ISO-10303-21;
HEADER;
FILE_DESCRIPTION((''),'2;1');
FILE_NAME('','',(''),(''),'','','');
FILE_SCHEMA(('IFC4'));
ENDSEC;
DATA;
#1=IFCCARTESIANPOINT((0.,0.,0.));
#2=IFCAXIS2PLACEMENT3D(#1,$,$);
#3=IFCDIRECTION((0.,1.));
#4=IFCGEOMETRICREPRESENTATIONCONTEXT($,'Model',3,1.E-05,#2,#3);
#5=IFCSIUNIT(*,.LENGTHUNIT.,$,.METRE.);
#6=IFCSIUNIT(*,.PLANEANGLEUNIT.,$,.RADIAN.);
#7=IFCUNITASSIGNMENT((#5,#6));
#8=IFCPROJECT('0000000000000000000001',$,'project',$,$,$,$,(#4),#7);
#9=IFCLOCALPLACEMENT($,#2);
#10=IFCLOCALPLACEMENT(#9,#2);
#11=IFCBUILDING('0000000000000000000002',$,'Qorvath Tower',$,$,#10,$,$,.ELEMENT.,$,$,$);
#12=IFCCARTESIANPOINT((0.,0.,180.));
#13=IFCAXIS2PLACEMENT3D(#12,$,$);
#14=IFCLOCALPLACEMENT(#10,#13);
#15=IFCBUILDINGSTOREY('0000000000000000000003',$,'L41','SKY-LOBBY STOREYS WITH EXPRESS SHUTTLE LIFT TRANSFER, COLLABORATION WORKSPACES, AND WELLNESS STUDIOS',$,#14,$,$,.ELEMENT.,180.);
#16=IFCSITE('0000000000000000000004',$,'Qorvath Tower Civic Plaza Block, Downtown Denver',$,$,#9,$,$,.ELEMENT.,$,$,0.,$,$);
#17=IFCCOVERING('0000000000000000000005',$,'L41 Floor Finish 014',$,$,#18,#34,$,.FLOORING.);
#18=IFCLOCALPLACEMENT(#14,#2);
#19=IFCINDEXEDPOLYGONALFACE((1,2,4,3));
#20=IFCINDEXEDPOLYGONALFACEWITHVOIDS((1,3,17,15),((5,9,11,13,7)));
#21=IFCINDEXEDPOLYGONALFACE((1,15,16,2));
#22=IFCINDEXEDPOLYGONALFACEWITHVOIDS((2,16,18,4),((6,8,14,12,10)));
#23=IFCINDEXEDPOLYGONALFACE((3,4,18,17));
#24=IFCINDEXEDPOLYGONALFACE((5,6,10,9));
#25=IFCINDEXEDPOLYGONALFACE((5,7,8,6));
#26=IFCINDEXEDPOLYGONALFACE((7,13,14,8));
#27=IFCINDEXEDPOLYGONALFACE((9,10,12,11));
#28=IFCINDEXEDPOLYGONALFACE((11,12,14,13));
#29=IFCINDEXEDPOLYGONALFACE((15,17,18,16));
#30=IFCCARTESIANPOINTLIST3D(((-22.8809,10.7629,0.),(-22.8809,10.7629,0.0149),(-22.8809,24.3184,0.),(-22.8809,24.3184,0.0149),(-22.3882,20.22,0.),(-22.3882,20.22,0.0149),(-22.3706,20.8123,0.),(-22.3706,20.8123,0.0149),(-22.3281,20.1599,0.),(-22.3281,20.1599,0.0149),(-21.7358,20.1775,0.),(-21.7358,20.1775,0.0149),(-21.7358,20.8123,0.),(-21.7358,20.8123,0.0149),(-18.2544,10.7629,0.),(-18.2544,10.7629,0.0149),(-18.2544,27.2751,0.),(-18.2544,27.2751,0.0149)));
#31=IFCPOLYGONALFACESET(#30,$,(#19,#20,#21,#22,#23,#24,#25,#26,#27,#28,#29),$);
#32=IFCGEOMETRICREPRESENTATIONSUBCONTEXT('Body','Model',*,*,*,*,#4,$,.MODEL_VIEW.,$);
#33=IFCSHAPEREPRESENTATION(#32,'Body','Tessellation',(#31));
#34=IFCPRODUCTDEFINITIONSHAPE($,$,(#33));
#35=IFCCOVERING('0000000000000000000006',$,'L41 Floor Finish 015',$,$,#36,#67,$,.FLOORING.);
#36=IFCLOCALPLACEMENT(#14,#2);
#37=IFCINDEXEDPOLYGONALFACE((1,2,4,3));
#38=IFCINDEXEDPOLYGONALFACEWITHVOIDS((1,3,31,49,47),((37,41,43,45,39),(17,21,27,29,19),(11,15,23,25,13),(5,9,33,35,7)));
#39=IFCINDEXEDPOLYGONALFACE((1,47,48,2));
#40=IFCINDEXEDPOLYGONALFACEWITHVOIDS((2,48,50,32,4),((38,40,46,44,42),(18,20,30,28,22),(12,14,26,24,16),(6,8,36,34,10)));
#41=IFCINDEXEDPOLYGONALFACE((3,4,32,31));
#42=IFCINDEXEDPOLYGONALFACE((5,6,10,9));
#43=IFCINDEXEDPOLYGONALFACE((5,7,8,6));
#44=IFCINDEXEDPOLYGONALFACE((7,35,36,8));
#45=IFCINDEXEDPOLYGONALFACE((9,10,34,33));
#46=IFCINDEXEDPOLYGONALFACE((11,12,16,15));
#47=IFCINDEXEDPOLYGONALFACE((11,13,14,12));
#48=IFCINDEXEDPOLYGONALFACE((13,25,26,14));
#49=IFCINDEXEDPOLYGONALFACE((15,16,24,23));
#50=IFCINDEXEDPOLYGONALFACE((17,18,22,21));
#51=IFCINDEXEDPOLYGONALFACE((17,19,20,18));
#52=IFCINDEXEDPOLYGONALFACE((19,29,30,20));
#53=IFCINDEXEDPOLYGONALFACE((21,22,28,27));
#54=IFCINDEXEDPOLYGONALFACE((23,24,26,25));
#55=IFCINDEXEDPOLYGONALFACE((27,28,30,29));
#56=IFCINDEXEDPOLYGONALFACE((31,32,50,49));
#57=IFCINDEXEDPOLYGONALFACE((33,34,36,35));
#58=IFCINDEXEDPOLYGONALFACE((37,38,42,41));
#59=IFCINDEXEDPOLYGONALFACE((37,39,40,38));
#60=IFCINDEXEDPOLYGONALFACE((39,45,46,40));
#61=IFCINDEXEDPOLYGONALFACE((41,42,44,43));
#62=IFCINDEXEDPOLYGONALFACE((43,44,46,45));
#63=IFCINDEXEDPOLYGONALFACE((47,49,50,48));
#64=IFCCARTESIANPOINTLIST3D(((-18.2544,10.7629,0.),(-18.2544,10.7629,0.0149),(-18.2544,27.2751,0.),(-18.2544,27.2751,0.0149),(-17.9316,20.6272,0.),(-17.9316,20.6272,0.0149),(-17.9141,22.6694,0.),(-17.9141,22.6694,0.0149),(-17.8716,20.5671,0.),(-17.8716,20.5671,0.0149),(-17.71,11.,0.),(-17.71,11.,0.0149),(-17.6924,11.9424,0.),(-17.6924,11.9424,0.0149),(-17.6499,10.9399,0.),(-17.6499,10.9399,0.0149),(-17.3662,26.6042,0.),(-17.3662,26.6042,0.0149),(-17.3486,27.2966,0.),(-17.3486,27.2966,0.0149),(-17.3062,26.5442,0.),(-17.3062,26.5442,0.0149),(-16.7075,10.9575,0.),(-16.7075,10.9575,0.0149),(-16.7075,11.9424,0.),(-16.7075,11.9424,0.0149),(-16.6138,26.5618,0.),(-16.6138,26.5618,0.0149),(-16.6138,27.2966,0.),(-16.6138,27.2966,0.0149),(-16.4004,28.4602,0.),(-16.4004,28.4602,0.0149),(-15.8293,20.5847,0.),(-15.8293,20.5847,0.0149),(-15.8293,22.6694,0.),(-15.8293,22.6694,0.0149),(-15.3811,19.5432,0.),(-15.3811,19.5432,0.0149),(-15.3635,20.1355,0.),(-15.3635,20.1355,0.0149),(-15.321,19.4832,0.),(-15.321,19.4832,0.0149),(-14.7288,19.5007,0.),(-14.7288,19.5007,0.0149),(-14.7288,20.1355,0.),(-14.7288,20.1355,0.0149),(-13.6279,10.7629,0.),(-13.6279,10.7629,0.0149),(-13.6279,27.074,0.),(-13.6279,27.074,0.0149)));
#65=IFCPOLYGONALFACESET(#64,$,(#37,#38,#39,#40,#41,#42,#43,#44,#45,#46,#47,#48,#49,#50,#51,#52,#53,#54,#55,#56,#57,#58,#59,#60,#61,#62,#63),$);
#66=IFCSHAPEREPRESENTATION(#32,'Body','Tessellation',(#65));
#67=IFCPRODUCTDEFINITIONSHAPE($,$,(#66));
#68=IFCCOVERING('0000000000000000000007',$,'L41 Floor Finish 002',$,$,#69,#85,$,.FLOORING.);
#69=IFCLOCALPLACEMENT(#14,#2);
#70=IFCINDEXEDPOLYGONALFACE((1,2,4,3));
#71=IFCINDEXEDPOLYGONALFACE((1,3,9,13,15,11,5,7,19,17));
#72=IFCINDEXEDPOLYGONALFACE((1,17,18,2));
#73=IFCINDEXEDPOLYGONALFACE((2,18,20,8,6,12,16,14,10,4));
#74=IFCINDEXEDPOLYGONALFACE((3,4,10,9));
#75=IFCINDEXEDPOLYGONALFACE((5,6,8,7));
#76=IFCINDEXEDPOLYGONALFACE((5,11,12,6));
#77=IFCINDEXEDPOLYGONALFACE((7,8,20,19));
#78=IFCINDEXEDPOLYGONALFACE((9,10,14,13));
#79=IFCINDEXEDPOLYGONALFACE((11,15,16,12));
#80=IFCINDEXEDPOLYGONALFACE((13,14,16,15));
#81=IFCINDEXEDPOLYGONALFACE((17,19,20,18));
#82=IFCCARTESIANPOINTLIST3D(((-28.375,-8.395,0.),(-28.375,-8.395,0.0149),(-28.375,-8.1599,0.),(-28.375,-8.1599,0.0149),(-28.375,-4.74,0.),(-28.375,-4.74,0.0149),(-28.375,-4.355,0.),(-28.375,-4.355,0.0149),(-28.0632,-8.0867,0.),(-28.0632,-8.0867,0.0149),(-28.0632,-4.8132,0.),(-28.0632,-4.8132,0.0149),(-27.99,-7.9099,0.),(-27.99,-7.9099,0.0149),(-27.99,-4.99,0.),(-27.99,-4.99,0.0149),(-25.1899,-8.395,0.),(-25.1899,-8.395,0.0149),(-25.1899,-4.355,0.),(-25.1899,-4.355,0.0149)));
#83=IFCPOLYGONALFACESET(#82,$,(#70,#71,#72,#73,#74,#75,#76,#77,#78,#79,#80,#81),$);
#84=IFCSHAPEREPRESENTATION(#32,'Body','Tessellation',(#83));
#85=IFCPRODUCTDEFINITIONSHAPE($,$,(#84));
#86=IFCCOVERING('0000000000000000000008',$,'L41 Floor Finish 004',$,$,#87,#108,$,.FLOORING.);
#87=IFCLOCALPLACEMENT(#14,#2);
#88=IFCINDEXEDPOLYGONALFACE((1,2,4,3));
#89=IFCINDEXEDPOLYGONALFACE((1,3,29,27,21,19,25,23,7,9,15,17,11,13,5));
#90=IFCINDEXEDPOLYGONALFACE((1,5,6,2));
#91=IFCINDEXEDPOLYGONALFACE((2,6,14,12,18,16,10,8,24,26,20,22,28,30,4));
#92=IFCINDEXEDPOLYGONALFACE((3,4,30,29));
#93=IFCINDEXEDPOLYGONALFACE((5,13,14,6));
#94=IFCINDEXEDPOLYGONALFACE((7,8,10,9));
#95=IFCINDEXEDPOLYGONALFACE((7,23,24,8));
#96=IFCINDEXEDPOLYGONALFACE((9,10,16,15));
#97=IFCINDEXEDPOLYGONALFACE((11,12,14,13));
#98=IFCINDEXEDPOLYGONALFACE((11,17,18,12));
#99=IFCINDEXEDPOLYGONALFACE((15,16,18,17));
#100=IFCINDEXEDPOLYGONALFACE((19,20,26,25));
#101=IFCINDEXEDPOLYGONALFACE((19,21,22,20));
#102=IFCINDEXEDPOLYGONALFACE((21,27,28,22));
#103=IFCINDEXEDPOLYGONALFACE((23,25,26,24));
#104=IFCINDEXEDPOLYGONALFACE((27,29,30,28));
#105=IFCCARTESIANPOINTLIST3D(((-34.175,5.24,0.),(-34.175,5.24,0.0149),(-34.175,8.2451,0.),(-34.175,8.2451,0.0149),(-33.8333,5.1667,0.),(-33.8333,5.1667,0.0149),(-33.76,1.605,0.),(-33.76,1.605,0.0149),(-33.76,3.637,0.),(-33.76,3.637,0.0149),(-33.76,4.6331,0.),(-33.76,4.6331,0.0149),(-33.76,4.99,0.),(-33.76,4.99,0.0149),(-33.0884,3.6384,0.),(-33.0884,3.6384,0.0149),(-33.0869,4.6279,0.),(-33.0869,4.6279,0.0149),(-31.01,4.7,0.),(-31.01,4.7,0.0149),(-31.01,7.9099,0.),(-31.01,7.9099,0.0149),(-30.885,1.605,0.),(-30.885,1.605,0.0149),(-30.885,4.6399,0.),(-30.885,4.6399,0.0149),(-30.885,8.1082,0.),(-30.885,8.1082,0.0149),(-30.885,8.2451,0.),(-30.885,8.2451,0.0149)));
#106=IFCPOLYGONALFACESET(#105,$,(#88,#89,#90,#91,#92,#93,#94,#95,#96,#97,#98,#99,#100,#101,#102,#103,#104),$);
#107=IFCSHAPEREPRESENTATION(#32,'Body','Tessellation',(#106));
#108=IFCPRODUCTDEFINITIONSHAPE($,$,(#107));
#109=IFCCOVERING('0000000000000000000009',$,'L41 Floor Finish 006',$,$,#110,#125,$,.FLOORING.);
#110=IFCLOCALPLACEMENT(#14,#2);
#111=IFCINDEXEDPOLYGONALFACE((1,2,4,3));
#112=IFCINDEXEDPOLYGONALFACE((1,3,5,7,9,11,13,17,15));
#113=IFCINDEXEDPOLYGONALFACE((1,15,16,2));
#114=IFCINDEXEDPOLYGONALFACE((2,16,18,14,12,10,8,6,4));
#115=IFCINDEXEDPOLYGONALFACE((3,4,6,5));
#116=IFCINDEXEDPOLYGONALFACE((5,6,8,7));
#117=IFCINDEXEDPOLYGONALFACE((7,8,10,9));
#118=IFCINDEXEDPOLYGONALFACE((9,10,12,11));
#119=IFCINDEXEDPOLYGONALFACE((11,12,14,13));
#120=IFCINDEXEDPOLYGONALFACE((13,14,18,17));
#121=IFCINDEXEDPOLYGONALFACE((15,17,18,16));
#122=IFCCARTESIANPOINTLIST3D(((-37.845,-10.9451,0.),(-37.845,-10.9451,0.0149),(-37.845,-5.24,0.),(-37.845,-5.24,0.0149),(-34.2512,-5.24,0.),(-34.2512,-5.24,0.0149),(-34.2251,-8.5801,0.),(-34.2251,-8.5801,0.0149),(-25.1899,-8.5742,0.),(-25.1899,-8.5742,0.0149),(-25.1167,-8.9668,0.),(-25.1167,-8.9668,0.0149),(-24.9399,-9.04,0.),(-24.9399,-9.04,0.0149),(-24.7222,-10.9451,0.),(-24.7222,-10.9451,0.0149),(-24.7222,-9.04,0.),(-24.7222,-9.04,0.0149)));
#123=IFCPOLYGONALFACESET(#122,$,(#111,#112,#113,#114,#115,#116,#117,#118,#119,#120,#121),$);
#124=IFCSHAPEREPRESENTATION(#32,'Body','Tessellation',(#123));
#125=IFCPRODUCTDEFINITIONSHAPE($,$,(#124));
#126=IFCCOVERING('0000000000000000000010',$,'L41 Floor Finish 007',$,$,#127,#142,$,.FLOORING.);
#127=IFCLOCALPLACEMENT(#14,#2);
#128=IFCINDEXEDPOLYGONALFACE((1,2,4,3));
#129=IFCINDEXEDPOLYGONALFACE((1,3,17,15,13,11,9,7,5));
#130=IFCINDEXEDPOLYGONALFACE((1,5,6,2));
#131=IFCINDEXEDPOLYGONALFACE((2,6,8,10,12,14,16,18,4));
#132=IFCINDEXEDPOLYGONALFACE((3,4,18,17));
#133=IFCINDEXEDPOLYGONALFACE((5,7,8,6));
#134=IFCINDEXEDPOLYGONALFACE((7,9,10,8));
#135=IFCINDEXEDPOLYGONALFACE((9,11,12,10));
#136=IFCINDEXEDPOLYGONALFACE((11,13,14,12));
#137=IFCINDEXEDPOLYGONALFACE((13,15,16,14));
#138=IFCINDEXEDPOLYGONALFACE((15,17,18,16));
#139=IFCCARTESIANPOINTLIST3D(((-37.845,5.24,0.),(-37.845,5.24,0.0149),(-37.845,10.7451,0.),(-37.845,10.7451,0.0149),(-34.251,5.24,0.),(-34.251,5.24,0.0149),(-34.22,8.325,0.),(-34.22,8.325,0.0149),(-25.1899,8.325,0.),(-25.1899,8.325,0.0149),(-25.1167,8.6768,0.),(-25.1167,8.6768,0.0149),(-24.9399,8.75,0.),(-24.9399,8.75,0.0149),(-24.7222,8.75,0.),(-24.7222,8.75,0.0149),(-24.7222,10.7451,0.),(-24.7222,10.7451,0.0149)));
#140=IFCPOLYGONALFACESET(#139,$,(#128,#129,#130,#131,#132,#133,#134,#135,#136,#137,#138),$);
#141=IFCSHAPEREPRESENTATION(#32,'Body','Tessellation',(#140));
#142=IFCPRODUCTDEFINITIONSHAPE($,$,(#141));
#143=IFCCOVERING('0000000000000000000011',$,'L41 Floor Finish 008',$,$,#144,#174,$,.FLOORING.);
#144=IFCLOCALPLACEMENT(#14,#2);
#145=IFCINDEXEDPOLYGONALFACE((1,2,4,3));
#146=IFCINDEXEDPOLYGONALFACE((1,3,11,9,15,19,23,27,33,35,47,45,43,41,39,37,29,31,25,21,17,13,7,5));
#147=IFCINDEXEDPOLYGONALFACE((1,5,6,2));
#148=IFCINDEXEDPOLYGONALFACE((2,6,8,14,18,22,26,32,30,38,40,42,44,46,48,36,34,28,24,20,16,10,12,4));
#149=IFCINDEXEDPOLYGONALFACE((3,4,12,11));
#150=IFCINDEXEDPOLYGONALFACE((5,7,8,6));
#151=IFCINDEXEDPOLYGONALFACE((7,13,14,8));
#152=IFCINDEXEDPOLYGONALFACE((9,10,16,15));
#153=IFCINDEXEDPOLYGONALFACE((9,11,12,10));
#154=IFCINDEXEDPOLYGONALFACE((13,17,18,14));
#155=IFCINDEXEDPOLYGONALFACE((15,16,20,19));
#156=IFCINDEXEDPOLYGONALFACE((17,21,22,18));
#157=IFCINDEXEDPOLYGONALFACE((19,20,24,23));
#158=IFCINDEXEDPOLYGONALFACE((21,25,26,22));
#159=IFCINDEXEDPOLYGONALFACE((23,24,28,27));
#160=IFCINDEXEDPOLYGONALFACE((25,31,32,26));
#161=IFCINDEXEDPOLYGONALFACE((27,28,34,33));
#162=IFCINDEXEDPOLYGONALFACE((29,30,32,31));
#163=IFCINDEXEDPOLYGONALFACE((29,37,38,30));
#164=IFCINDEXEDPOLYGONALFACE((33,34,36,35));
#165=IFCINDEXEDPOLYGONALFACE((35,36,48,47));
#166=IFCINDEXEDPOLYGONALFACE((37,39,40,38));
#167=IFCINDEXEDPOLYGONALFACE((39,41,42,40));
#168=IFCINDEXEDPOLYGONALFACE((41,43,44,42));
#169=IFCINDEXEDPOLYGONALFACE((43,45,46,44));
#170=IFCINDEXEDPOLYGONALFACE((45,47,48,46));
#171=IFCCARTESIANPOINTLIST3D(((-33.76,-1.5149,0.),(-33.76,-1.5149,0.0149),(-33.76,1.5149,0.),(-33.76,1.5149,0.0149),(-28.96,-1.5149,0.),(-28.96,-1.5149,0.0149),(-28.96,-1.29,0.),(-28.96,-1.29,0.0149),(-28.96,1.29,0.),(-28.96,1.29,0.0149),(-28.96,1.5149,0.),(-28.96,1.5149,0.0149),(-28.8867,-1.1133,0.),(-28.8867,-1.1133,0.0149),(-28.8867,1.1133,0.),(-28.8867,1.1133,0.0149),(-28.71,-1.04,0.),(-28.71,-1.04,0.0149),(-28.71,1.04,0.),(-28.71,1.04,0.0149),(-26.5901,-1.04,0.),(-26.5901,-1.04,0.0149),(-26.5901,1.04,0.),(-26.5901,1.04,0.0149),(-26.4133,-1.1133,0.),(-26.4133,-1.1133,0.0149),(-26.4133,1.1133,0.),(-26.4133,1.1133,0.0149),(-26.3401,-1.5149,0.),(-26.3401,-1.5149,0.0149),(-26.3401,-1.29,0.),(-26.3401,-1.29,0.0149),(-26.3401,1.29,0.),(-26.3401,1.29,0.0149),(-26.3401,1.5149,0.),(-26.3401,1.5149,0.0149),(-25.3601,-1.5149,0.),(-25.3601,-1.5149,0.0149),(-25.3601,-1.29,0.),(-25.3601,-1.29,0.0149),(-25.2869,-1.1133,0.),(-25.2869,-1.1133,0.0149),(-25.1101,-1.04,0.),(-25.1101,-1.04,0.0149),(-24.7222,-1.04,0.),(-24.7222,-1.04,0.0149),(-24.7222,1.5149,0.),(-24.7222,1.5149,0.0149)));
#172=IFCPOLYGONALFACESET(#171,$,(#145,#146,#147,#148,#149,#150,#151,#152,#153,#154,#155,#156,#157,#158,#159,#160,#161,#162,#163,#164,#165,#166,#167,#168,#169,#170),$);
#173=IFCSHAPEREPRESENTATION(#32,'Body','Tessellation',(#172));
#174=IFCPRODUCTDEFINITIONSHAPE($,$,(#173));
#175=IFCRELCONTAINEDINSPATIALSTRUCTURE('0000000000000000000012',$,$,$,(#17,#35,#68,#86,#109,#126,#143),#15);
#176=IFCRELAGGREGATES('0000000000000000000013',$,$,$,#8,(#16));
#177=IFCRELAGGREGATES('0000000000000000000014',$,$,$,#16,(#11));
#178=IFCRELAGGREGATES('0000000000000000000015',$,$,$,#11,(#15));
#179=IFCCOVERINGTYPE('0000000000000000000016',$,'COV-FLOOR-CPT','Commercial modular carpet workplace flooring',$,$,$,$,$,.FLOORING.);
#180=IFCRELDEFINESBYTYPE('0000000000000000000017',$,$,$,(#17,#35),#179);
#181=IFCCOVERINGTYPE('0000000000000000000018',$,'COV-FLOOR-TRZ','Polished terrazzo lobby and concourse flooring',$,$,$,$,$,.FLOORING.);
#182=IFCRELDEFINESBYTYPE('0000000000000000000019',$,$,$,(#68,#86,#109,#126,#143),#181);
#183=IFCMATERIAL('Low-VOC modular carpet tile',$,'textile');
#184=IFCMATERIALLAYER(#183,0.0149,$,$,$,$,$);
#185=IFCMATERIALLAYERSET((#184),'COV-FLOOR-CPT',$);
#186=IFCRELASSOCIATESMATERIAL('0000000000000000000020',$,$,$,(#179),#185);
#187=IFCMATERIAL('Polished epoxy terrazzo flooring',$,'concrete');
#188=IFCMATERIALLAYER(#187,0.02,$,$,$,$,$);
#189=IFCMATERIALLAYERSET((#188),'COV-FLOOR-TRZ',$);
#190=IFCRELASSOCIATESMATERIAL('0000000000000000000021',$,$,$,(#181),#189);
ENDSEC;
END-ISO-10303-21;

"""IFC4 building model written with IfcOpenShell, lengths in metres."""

from ifc_helpers import new_model, si_unit, direction, frame, origin, place, context, subcontext, project, spatial, polyline, outline, extrude, material, layer, layer_set, type_object, element, save


model = new_model("IFC4")

# Units and contexts
model_context = context("Model", 3, precision=1e-05, world=origin(), true_north=direction((0.0, 1.0)))
body_context = subcontext(model_context, "Body", "Model", "MODEL_VIEW")
ifc_project = project(units=[si_unit("LENGTHUNIT", "METRE"), si_unit("PLANEANGLEUNIT", "RADIAN")], contexts=[model_context])

# Site, building, storey
site_placement = place(None, origin())
site = spatial("IfcSite", under=ifc_project, at=site_placement, Name="Qorvath Tower Civic Plaza Block, Downtown Denver", CompositionType="ELEMENT", RefElevation=0.0)
building_placement = place(site_placement, origin())
building = spatial("IfcBuilding", under=site, at=building_placement, Name="Qorvath Tower", CompositionType="ELEMENT")
storey_placement = place(building_placement, frame((0.0, 0.0, 180.0)))
storey = spatial("IfcBuildingStorey", under=building, at=storey_placement, Name="L41", Description="SKY-LOBBY STOREYS WITH EXPRESS SHUTTLE LIFT TRANSFER, COLLABORATION WORKSPACES, AND WELLNESS STUDIOS", CompositionType="ELEMENT", Elevation=180.0)

# Coverings
ifc_material_1 = material(Name="Low-VOC modular carpet tile", Category="textile")
ifc_layer_1 = layer(ifc_material_1, 0.0149)
ifc_layer_set_1 = layer_set([ifc_layer_1], Name="COV-FLOOR-CPT")
covering_type_1 = type_object("IfcCoveringType", Name="COV-FLOOR-CPT", Description="Commercial modular carpet workplace flooring", PredefinedType="FLOORING", material=ifc_layer_set_1)
covering_1_placement = place(storey_placement, origin())
element("IfcCovering", 1, at=covering_1_placement, inside=storey, type_object=covering_type_1, Name="L41 Floor Finish 014", PredefinedType="FLOORING", context=body_context, shape_type="SweptSolid", body=[
    extrude(outline(polyline([(-22.8809, 24.3184), (-22.8809, 10.7629), (-18.2544, 10.7629), (-18.2544, 27.2751), (-22.8809, 24.3184)]), holes=[polyline([(-22.3882, 20.22), (-22.3706, 20.8123), (-21.7358, 20.8123), (-21.7358, 20.1775), (-22.3281, 20.1599), (-22.3882, 20.22)])]), origin(), (0.0, 0.0, 1.0), 0.0149),
])
covering_2_placement = place(storey_placement, origin())
element("IfcCovering", 2, at=covering_2_placement, inside=storey, type_object=covering_type_1, Name="L41 Floor Finish 015", PredefinedType="FLOORING", context=body_context, shape_type="SweptSolid", body=[
    extrude(outline(polyline([(-18.2544, 27.2751), (-18.2544, 10.7629), (-13.6279, 10.7629), (-13.6279, 27.074), (-16.4004, 28.4602), (-18.2544, 27.2751)]), holes=[polyline([(-15.3811, 19.5432), (-15.3635, 20.1355), (-14.7288, 20.1355), (-14.7288, 19.5007), (-15.321, 19.4832), (-15.3811, 19.5432)]), polyline([(-17.9316, 20.6272), (-17.9141, 22.6694), (-15.8293, 22.6694), (-15.8293, 20.5847), (-17.8716, 20.5671), (-17.9316, 20.6272)]), polyline([(-17.3662, 26.6042), (-17.3486, 27.2966), (-16.6138, 27.2966), (-16.6138, 26.5618), (-17.3062, 26.5442), (-17.3662, 26.6042)]), polyline([(-17.71, 11.0), (-17.6924, 11.9424), (-16.7075, 11.9424), (-16.7075, 10.9575), (-17.6499, 10.9399), (-17.71, 11.0)])]), origin(), (0.0, 0.0, 1.0), 0.0149),
])
ifc_material_2 = material(Name="Polished epoxy terrazzo flooring", Category="concrete")
ifc_layer_2 = layer(ifc_material_2, 0.02)
ifc_layer_set_2 = layer_set([ifc_layer_2], Name="COV-FLOOR-TRZ")
covering_type_2 = type_object("IfcCoveringType", Name="COV-FLOOR-TRZ", Description="Polished terrazzo lobby and concourse flooring", PredefinedType="FLOORING", material=ifc_layer_set_2)
covering_3_placement = place(storey_placement, origin())
element("IfcCovering", 3, at=covering_3_placement, inside=storey, type_object=covering_type_2, Name="L41 Floor Finish 002", PredefinedType="FLOORING", context=body_context, shape_type="SweptSolid", body=[
    extrude(outline(polyline([(-25.1899, -8.395), (-25.1899, -4.355), (-28.375, -4.355), (-28.375, -4.74), (-28.0632, -4.8132), (-27.99, -4.99), (-27.99, -7.9099), (-28.0632, -8.0867), (-28.375, -8.1599), (-28.375, -8.395), (-25.1899, -8.395)])), origin(), (0.0, 0.0, 1.0), 0.0149),
])
covering_4_placement = place(storey_placement, origin())
element("IfcCovering", 4, at=covering_4_placement, inside=storey, type_object=covering_type_2, Name="L41 Floor Finish 004", PredefinedType="FLOORING", context=body_context, shape_type="SweptSolid", body=[
    extrude(outline(polyline([(-30.885, 8.2451), (-34.175, 8.2451), (-34.175, 5.24), (-33.8333, 5.1667), (-33.76, 4.99), (-33.76, 4.6331), (-33.0869, 4.6279), (-33.0884, 3.6384), (-33.76, 3.637), (-33.76, 1.605), (-30.885, 1.605), (-30.885, 4.6399), (-31.01, 4.7), (-31.01, 7.9099), (-30.885, 8.1082), (-30.885, 8.2451)])), origin(), (0.0, 0.0, 1.0), 0.0149),
])
covering_5_placement = place(storey_placement, origin())
element("IfcCovering", 5, at=covering_5_placement, inside=storey, type_object=covering_type_2, Name="L41 Floor Finish 006", PredefinedType="FLOORING", context=body_context, shape_type="SweptSolid", body=[
    extrude(outline(polyline([(-34.2251, -8.5801), (-34.2512, -5.24), (-37.845, -5.24), (-37.845, -10.9451), (-24.7222, -10.9451), (-24.7222, -9.04), (-24.9399, -9.04), (-25.1167, -8.9668), (-25.1899, -8.5742), (-34.2251, -8.5801)])), origin(), (0.0, 0.0, 1.0), 0.0149),
])
covering_6_placement = place(storey_placement, origin())
element("IfcCovering", 6, at=covering_6_placement, inside=storey, type_object=covering_type_2, Name="L41 Floor Finish 007", PredefinedType="FLOORING", context=body_context, shape_type="SweptSolid", body=[
    extrude(outline(polyline([(-24.7222, 8.75), (-24.7222, 10.7451), (-37.845, 10.7451), (-37.845, 5.24), (-34.251, 5.24), (-34.22, 8.325), (-25.1899, 8.325), (-25.1167, 8.6768), (-24.9399, 8.75), (-24.7222, 8.75)])), origin(), (0.0, 0.0, 1.0), 0.0149),
])
covering_7_placement = place(storey_placement, origin())
element("IfcCovering", 7, at=covering_7_placement, inside=storey, type_object=covering_type_2, Name="L41 Floor Finish 008", PredefinedType="FLOORING", context=body_context, shape_type="SweptSolid", body=[
    extrude(outline(polyline([(-24.7222, -1.04), (-24.7222, 1.5149), (-26.3401, 1.5149), (-26.3401, 1.29), (-26.4133, 1.1133), (-26.5901, 1.04), (-28.71, 1.04), (-28.8867, 1.1133), (-28.96, 1.29), (-28.96, 1.5149), (-33.76, 1.5149), (-33.76, -1.5149), (-28.96, -1.5149), (-28.96, -1.29), (-28.8867, -1.1133), (-28.71, -1.04), (-26.5901, -1.04), (-26.4133, -1.1133), (-26.3401, -1.29), (-26.3401, -1.5149), (-25.3601, -1.5149), (-25.3601, -1.29), (-25.2869, -1.1133), (-25.1101, -1.04), (-24.7222, -1.04)])), origin(), (0.0, 0.0, 1.0), 0.0149),
])

save(model, "model.ifc")
